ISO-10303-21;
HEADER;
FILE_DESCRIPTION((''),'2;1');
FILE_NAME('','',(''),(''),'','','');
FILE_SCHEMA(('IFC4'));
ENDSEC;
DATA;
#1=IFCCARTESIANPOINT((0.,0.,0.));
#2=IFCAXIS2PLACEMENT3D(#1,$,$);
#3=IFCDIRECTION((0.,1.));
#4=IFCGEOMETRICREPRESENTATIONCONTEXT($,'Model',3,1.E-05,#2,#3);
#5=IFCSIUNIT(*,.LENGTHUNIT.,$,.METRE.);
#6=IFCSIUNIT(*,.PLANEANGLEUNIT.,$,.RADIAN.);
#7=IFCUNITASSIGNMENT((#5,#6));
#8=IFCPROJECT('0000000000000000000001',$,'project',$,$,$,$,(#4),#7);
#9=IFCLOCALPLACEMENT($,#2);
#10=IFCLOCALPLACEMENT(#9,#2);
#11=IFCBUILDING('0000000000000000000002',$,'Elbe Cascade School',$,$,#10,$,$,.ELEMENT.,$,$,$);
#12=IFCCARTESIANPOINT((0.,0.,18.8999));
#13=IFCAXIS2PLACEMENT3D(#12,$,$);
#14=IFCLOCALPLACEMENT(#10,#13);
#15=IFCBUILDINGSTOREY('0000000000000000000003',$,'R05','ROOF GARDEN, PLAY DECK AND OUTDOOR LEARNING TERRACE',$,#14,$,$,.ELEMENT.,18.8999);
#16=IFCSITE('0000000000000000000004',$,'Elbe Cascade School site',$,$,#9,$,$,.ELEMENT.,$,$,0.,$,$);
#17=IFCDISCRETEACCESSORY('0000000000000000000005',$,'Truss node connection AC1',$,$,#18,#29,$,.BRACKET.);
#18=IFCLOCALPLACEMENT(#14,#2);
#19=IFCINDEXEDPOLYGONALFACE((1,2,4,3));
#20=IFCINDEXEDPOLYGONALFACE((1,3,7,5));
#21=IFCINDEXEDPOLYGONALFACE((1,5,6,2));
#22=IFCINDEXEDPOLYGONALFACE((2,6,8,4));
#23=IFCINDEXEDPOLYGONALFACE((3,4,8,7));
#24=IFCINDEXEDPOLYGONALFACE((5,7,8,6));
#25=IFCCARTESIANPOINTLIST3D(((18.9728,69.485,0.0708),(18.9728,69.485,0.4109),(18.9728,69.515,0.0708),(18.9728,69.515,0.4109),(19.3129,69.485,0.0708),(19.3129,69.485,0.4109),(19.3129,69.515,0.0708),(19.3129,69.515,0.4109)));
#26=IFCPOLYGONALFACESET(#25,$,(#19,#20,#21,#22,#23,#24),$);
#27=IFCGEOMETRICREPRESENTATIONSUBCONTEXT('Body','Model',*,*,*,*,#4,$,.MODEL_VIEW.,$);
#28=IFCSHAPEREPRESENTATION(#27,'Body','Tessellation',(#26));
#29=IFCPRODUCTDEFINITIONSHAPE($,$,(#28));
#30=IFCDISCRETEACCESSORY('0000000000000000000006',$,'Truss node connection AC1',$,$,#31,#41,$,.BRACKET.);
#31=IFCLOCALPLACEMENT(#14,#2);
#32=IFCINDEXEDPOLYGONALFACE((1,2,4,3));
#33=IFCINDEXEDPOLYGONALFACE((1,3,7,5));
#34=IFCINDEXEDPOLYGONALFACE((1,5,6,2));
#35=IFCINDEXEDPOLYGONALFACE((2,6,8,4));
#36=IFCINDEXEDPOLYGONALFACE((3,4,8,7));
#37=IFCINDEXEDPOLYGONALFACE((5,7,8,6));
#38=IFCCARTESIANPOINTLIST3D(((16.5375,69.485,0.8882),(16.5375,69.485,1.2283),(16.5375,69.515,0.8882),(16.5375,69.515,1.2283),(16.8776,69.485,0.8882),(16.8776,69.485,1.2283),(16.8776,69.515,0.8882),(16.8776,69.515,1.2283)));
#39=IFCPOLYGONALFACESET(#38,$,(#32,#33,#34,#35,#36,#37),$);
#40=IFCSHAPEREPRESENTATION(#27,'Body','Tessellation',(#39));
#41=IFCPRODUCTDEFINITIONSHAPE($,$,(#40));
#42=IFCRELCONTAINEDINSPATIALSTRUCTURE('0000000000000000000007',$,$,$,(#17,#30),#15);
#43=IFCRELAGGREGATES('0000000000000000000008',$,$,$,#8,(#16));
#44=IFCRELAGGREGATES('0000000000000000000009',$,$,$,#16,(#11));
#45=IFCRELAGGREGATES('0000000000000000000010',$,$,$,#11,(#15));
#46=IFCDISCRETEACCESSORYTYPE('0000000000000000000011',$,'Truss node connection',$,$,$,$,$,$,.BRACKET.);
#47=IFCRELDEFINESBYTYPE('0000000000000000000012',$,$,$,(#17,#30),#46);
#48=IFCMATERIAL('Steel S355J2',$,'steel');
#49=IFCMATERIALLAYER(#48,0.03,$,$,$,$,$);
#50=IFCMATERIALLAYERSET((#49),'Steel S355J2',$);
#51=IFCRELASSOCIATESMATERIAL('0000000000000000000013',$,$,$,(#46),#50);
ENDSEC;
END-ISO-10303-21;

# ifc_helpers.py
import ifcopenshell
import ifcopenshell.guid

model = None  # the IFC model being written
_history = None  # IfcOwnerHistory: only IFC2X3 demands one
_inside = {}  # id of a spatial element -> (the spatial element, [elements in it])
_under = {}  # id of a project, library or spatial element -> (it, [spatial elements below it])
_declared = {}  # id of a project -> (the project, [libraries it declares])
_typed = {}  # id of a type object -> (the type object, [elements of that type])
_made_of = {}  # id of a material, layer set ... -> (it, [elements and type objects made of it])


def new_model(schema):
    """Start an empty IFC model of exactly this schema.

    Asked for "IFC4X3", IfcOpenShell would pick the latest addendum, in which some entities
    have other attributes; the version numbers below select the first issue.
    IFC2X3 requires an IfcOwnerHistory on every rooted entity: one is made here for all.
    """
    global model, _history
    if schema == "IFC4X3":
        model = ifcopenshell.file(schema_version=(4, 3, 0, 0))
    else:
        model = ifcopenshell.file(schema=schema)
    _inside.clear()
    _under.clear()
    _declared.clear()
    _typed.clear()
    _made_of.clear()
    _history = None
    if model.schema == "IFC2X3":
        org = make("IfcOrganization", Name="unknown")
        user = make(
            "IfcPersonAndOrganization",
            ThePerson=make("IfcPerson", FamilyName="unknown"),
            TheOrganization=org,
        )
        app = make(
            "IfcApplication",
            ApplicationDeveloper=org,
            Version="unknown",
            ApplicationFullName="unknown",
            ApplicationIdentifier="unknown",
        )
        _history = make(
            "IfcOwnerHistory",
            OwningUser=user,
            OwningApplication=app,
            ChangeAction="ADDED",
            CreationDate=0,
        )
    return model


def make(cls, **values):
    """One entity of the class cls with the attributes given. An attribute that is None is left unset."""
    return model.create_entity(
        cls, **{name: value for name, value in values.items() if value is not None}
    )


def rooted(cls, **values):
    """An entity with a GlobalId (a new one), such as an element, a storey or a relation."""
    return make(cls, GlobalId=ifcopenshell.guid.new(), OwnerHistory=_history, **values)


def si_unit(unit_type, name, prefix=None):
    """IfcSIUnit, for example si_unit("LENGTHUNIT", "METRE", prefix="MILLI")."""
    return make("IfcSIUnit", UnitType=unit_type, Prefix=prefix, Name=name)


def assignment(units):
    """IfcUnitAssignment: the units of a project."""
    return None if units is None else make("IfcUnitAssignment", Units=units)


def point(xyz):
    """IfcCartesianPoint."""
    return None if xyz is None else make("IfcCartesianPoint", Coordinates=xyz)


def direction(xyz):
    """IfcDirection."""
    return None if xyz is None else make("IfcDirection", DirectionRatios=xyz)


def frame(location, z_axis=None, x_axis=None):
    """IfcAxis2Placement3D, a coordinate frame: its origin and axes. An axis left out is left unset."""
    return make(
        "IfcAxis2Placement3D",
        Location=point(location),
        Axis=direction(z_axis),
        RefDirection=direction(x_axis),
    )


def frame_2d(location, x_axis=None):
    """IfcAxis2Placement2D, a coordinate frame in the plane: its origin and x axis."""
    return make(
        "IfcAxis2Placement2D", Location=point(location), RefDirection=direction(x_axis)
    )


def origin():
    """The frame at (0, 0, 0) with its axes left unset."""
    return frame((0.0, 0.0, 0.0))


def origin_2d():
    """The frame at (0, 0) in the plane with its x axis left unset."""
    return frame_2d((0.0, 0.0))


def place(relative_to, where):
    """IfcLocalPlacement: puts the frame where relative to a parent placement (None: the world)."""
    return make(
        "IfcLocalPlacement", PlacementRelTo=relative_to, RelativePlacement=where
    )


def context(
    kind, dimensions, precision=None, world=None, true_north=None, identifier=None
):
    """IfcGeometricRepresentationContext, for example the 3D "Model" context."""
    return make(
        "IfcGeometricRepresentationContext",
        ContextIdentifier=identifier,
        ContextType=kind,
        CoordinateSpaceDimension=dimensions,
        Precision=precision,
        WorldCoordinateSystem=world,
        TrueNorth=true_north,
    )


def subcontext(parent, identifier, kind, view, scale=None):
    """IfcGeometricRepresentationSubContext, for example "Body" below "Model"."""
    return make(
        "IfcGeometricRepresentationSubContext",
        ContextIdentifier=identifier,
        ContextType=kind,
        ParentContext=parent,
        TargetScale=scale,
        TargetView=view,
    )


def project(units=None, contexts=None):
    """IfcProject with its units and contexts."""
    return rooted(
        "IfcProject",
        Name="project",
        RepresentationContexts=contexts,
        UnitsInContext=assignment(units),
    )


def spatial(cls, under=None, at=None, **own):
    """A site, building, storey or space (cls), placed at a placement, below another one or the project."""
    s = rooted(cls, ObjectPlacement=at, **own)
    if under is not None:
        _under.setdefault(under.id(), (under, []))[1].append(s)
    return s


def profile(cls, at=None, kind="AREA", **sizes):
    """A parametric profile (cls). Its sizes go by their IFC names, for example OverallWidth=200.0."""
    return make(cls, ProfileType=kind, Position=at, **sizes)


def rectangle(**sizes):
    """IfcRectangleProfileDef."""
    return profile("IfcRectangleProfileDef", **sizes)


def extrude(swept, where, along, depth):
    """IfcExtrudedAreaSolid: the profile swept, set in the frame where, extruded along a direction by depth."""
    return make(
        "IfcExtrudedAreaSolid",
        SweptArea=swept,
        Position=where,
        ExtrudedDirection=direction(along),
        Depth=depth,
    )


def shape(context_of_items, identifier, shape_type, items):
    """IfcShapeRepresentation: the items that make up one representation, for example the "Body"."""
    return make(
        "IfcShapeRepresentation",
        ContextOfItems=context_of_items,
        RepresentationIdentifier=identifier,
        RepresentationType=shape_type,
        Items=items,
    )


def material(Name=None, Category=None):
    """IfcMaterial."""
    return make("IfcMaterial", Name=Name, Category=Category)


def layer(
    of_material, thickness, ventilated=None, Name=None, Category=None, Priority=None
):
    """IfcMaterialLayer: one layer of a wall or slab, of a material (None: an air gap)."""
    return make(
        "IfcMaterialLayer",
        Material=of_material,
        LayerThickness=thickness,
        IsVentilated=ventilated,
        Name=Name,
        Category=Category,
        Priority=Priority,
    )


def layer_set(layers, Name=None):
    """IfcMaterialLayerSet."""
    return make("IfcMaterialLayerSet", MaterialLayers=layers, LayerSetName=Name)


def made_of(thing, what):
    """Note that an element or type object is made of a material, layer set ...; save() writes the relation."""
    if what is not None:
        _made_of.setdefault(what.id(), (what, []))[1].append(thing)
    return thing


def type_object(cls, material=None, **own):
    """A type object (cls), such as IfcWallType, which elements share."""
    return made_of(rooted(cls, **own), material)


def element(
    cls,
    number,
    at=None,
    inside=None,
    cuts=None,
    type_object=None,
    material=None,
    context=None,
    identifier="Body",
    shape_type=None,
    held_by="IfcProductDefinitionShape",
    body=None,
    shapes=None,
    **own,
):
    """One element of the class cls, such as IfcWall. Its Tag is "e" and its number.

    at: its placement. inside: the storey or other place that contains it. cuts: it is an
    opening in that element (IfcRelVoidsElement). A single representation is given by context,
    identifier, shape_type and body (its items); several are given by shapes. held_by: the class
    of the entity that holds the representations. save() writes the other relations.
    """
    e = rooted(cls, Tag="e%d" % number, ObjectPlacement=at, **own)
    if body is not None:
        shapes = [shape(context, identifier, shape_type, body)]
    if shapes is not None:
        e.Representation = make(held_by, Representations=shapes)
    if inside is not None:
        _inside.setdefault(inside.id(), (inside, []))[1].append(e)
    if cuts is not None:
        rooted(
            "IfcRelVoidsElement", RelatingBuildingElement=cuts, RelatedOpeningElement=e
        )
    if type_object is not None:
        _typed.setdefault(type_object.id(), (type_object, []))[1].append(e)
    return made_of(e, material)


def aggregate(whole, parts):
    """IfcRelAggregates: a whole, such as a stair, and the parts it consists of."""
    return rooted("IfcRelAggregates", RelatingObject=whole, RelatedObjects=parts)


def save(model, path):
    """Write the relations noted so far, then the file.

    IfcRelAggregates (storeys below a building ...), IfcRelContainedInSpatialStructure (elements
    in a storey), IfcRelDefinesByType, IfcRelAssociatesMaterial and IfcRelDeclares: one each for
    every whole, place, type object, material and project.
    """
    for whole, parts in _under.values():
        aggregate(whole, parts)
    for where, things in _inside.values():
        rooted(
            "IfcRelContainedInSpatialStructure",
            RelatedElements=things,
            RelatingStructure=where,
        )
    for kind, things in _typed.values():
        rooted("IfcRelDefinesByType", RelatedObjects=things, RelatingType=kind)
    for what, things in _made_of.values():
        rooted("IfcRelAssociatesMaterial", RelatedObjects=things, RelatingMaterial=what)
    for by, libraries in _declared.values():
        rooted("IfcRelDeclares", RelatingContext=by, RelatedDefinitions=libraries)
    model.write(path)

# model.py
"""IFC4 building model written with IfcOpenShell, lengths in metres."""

from ifc_helpers import new_model, si_unit, direction, frame, origin, origin_2d, place, context, subcontext, project, spatial, rectangle, extrude, material, layer, layer_set, type_object, element, save


model = new_model("IFC4")

# Units and contexts
model_context = context("Model", 3, precision=1e-05, world=origin(), true_north=direction((0.0, 1.0)))
body_context = subcontext(model_context, "Body", "Model", "MODEL_VIEW")
ifc_project = project(units=[si_unit("LENGTHUNIT", "METRE"), si_unit("PLANEANGLEUNIT", "RADIAN")], contexts=[model_context])

# Site, building, storey
site_placement = place(None, origin())
site = spatial("IfcSite", under=ifc_project, at=site_placement, Name="Elbe Cascade School site", CompositionType="ELEMENT", RefElevation=0.0)
building_placement = place(site_placement, origin())
building = spatial("IfcBuilding", under=site, at=building_placement, Name="Elbe Cascade School", CompositionType="ELEMENT")
storey_placement = place(building_placement, frame((0.0, 0.0, 18.8999)))
storey = spatial("IfcBuildingStorey", under=building, at=storey_placement, Name="R05", Description="ROOF GARDEN, PLAY DECK AND OUTDOOR LEARNING TERRACE", CompositionType="ELEMENT", Elevation=18.8999)

# Discrete accessories
ifc_material_1 = material(Name="Steel S355J2", Category="steel")
ifc_layer_1 = layer(ifc_material_1, 0.03)
ifc_layer_set_1 = layer_set([ifc_layer_1], Name="Steel S355J2")
discrete_accessory_type_1 = type_object("IfcDiscreteAccessoryType", Name="Truss node connection", PredefinedType="BRACKET", material=ifc_layer_set_1)
for number, where, z_axis, x_axis, name in (
    (1, (19.1428, 69.5, 0.0708), (0.0, 0.0, 1.0), (1.0, 0.0, 0.0), "Truss node connection AC1"),
    (2, (16.7075, 69.5, 0.8882), (0.0, 0.0, 1.0), (1.0, 0.0, 0.0), "Truss node connection AC1"),
):
    element("IfcDiscreteAccessory", number, at=place(storey_placement, frame(where, z_axis=z_axis, x_axis=x_axis)), inside=storey, type_object=discrete_accessory_type_1, Name=name, PredefinedType="BRACKET", context=body_context, shape_type="SweptSolid", body=[
        extrude(rectangle(XDim=0.3401, YDim=0.03, at=origin_2d()), origin(), (0.0, 0.0, 1.0), 0.3401),
    ])

save(model, "model.ifc")
